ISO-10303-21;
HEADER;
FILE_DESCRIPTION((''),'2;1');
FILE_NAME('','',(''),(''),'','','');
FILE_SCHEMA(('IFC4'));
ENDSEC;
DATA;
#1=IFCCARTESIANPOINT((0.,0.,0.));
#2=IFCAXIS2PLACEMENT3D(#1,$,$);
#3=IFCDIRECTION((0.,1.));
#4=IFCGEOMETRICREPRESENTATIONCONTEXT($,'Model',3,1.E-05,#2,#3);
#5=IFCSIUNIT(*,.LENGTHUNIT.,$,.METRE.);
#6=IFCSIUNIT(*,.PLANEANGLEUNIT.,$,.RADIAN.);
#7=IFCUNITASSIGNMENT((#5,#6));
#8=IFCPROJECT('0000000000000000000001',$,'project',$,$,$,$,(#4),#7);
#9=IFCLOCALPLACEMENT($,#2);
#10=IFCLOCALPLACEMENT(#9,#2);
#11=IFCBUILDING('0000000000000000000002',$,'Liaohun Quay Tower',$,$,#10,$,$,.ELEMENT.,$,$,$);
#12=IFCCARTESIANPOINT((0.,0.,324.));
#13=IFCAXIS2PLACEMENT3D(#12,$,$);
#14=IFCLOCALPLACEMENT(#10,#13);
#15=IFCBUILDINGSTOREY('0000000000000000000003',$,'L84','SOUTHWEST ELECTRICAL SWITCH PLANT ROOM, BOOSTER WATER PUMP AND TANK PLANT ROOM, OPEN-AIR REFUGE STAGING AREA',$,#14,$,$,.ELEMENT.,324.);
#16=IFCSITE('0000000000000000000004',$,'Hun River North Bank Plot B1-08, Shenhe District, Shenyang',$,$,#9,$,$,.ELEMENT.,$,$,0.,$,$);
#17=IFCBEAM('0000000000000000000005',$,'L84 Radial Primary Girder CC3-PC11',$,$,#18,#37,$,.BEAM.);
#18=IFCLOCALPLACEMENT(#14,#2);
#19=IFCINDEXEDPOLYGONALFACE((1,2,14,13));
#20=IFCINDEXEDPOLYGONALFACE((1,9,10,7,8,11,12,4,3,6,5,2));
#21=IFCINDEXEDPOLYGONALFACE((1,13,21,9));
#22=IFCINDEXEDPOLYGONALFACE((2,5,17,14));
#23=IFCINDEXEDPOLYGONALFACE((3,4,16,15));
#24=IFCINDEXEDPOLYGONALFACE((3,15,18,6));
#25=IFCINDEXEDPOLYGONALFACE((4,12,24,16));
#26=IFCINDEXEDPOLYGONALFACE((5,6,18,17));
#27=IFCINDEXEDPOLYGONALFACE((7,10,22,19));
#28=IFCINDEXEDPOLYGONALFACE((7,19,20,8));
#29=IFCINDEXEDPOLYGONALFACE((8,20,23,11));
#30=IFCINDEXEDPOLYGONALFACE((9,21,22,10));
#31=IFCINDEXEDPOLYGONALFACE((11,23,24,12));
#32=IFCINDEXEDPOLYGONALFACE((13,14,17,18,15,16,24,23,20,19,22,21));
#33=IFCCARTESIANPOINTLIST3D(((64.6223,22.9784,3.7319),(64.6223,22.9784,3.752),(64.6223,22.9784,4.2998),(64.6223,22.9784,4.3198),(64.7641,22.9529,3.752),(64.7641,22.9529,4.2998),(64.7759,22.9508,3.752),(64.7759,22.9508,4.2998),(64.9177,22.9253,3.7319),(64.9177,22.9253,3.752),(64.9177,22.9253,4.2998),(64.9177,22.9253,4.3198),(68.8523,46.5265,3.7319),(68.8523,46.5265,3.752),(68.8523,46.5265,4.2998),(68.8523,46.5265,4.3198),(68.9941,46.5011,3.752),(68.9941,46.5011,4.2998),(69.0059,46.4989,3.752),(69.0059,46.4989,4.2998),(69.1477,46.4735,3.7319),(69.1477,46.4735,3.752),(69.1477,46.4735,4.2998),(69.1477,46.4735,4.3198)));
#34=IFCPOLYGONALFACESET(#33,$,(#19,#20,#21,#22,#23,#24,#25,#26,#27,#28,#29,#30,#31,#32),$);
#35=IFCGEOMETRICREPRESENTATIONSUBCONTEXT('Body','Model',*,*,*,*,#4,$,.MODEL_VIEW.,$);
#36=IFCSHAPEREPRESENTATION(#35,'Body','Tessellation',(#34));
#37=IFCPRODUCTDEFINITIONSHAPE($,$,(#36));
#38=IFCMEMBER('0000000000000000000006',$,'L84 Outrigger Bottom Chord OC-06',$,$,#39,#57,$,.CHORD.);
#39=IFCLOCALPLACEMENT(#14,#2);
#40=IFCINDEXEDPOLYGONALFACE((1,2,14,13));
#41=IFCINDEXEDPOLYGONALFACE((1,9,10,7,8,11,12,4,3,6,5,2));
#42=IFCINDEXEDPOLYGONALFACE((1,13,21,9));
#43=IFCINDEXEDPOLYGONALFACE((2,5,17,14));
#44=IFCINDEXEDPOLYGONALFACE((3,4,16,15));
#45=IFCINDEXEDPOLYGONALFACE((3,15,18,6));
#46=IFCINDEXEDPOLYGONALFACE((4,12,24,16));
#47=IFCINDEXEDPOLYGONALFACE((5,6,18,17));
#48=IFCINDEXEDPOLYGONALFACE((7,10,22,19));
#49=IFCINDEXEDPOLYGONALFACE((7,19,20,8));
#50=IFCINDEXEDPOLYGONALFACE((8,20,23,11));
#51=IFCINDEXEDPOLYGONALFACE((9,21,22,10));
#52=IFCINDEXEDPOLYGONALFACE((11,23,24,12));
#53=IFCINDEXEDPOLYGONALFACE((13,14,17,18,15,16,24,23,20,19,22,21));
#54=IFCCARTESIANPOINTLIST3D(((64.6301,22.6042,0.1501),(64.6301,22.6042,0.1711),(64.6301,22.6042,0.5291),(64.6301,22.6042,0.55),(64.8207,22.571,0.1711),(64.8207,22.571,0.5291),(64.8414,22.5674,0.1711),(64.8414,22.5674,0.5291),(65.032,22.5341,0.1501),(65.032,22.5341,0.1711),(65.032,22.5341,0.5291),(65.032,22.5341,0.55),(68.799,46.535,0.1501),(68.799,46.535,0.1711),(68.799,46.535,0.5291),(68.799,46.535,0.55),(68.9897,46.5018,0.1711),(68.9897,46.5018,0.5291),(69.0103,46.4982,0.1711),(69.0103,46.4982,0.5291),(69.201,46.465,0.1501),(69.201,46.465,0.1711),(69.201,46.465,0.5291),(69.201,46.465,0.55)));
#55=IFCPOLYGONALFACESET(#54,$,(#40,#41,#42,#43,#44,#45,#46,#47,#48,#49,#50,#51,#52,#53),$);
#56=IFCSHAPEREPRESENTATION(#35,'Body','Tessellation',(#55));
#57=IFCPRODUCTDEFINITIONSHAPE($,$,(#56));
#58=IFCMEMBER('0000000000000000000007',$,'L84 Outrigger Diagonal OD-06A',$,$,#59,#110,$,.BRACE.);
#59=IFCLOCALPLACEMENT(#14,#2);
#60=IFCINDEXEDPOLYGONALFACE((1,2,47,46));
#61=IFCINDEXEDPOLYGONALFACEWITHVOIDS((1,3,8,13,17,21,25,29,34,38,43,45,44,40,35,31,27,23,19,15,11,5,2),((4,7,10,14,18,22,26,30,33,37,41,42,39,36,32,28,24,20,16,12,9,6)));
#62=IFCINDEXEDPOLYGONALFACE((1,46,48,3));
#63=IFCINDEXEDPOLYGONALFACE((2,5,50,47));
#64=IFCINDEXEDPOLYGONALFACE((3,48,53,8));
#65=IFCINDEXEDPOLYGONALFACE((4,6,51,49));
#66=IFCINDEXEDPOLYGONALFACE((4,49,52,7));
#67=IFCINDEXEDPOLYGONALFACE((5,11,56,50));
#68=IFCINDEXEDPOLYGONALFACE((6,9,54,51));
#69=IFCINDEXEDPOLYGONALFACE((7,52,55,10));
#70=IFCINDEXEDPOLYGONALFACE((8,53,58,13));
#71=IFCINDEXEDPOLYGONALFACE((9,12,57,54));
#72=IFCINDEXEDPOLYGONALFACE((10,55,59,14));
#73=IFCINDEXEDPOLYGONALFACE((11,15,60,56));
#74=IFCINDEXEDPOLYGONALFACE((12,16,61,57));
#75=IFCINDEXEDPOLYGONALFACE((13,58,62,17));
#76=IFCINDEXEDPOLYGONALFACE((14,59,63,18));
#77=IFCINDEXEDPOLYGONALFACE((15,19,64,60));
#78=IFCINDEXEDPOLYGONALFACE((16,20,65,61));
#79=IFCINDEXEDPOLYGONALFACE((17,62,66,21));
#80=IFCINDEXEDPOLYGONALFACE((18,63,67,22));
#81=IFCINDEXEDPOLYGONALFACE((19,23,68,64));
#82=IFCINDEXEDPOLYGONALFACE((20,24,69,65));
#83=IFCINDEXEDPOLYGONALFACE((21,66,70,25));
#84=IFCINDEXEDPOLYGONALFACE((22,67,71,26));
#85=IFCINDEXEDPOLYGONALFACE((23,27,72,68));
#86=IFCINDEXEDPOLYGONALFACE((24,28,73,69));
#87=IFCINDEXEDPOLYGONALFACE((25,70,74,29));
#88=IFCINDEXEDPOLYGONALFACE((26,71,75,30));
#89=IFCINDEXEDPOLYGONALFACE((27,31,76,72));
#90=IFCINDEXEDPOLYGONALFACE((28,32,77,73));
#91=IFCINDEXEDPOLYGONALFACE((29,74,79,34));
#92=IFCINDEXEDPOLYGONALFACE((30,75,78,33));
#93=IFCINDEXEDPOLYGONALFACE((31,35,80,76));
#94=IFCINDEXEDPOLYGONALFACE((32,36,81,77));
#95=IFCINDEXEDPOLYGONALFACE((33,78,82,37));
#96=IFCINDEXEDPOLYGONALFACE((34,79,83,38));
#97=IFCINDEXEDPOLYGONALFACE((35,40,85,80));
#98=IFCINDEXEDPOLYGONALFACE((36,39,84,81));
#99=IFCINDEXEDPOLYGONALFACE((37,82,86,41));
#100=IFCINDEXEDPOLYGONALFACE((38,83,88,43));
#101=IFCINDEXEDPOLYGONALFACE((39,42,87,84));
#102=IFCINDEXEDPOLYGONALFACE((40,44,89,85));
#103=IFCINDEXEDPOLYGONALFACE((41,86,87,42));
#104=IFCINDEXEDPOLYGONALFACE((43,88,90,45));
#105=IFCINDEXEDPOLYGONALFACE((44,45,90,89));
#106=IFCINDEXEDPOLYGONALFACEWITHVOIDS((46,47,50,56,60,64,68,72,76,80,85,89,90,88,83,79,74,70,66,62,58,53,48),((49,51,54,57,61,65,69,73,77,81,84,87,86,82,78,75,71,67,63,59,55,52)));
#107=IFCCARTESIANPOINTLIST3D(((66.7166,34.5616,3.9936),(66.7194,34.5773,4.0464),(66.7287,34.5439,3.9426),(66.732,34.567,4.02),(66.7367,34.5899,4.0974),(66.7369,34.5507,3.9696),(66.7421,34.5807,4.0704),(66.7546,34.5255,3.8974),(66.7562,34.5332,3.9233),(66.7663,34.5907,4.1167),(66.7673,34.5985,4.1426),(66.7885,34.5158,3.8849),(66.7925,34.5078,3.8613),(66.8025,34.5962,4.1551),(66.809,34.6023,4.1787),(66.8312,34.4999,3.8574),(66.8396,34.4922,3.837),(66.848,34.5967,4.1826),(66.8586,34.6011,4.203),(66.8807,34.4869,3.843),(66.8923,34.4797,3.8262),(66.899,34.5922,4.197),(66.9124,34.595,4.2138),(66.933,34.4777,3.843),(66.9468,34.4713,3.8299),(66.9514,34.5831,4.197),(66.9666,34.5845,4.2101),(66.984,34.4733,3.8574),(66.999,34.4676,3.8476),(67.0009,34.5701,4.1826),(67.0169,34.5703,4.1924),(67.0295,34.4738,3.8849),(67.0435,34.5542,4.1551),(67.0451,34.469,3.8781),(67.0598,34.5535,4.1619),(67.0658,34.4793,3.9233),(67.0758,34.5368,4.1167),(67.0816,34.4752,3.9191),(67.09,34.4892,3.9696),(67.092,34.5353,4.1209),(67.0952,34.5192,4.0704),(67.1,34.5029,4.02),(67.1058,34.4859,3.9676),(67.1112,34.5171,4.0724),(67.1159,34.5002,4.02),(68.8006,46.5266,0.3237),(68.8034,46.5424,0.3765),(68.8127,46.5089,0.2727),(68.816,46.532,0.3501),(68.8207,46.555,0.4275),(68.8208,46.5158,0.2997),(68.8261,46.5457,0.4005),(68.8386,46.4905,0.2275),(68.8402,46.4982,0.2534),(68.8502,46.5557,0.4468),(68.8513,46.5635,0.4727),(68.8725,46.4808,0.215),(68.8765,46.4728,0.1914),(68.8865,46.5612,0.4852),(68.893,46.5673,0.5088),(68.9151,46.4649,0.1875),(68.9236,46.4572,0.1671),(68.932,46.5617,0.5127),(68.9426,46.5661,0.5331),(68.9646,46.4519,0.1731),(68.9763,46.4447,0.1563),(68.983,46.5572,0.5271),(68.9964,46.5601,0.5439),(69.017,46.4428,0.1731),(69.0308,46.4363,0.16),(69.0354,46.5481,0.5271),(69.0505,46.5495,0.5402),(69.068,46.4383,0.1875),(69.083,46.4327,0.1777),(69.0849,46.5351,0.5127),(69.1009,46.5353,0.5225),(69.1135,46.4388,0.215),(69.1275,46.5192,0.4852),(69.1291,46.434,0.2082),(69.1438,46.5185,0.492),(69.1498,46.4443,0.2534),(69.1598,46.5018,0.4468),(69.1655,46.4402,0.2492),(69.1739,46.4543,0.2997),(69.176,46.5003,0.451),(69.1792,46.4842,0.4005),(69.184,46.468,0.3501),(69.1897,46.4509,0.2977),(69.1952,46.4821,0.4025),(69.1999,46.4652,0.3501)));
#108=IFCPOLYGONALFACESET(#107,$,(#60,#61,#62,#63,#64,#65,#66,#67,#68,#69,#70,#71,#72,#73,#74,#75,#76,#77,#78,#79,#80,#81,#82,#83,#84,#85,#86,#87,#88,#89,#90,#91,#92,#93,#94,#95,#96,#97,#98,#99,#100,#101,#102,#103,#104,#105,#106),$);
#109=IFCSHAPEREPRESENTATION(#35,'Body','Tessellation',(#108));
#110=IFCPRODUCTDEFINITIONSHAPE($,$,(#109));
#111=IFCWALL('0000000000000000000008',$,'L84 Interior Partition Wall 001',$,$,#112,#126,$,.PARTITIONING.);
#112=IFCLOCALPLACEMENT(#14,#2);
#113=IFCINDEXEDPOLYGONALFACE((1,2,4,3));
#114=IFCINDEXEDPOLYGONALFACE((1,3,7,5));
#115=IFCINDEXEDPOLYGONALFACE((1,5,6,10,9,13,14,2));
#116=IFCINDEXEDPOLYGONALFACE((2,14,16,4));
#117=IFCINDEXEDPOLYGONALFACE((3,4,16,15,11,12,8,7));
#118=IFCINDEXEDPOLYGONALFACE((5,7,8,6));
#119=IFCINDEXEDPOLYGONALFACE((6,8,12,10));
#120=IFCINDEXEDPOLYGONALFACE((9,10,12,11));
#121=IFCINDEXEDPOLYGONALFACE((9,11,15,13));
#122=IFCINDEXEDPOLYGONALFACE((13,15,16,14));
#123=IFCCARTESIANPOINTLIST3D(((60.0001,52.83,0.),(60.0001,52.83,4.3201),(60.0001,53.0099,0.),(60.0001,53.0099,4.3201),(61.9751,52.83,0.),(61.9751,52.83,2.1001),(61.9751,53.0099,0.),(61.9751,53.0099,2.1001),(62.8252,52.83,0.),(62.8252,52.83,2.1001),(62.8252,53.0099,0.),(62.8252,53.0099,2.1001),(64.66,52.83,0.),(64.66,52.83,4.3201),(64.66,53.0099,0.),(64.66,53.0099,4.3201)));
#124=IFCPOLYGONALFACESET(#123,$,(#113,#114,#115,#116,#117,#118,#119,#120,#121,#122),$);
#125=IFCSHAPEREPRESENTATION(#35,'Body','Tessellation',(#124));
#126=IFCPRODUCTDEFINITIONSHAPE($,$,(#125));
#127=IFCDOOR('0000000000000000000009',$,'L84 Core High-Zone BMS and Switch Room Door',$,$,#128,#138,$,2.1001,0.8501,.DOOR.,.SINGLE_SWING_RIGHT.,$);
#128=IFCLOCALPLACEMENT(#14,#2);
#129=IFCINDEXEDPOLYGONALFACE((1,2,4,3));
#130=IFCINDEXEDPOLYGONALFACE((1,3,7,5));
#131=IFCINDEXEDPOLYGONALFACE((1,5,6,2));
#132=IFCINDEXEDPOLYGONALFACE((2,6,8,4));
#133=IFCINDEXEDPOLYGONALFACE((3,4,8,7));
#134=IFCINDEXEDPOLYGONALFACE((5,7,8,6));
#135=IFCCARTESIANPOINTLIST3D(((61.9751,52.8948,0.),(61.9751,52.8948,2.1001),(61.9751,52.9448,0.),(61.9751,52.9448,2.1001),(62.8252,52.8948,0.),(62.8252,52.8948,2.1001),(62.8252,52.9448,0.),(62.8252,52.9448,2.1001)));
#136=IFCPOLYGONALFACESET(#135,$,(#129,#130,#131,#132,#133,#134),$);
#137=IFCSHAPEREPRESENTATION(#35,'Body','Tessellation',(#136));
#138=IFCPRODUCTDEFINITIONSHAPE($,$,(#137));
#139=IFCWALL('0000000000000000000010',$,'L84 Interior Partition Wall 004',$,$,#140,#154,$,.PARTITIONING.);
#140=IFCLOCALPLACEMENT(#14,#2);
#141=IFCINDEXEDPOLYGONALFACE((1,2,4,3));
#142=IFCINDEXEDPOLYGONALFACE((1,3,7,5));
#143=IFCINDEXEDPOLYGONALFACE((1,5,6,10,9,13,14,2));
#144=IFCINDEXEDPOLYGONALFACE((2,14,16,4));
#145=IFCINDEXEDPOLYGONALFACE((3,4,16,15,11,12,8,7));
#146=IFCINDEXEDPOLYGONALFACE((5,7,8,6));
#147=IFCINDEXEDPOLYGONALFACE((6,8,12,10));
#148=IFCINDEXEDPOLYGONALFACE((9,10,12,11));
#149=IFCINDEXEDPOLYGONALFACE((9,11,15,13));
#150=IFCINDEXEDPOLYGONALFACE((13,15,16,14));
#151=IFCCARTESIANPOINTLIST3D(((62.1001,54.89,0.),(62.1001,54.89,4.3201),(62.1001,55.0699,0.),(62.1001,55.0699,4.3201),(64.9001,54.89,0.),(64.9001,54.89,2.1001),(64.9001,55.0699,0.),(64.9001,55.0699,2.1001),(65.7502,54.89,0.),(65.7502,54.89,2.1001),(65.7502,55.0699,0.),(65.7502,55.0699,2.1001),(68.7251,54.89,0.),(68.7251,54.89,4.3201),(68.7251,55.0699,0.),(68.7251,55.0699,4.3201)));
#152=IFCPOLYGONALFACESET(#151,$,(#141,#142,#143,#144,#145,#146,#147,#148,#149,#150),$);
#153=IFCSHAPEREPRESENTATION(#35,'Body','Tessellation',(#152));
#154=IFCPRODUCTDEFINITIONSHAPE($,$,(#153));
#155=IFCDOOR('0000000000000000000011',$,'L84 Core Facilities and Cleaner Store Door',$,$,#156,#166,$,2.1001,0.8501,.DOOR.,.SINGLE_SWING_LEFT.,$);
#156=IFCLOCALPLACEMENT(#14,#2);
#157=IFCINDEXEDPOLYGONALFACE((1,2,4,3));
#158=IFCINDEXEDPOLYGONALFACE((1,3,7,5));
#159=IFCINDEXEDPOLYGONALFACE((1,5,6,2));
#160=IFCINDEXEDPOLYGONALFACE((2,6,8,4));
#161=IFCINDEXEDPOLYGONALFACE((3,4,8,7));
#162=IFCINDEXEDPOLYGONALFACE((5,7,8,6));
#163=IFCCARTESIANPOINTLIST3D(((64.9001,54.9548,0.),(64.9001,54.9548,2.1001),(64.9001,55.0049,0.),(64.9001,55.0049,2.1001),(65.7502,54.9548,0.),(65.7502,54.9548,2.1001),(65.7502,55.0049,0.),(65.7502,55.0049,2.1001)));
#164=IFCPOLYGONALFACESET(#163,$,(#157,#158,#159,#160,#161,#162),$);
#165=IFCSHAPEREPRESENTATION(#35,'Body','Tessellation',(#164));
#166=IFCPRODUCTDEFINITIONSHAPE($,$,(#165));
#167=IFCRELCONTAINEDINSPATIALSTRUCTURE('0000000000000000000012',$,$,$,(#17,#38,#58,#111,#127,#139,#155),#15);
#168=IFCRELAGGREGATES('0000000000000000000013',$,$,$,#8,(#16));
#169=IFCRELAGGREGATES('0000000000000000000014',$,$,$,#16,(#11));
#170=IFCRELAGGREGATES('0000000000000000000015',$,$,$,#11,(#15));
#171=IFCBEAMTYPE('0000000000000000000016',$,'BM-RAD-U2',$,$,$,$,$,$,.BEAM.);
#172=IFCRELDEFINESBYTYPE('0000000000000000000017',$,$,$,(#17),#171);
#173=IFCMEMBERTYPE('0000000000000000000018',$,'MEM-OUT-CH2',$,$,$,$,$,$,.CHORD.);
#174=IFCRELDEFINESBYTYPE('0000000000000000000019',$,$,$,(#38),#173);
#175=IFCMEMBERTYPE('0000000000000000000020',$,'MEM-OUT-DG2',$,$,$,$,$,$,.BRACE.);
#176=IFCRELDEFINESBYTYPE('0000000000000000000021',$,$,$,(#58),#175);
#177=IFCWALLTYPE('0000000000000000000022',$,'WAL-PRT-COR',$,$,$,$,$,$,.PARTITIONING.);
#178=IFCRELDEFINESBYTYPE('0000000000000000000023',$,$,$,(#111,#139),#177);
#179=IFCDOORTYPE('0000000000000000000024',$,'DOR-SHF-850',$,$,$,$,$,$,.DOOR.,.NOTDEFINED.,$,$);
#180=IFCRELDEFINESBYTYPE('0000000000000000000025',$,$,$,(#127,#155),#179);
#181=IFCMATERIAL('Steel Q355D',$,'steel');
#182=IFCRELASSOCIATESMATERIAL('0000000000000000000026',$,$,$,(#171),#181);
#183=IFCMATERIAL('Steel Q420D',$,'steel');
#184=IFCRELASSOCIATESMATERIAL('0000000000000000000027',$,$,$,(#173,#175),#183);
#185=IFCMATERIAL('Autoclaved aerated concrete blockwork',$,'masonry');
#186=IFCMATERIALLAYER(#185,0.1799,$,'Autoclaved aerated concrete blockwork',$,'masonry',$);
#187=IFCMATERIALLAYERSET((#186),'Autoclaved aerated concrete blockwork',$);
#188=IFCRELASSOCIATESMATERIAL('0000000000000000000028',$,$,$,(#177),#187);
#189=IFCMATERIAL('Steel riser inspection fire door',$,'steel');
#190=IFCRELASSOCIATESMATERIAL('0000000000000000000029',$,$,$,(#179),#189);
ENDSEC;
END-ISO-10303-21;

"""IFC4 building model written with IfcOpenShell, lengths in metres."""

from ifc_helpers import new_model, si_unit, direction, frame, frame_2d, origin, origin_2d, place, context, subcontext, project, spatial, rectangle, hollow_circle, i_section, extrude, source, transform, mapped, material, layer, layer_set, material_profile, profile_set, type_object, element, fill, save


model = new_model("IFC4")

# Units and contexts
model_context = context("Model", 3, precision=1e-05, world=origin(), true_north=direction((0.0, 1.0)))
body_context = subcontext(model_context, "Body", "Model", "MODEL_VIEW")
ifc_project = project(units=[si_unit("LENGTHUNIT", "METRE"), si_unit("PLANEANGLEUNIT", "RADIAN")], contexts=[model_context])

# Site, building, storey
site_placement = place(None, origin())
site = spatial("IfcSite", under=ifc_project, at=site_placement, Name="Hun River North Bank Plot B1-08, Shenhe District, Shenyang", CompositionType="ELEMENT", RefElevation=0.0)
building_placement = place(site_placement, origin())
building = spatial("IfcBuilding", under=site, at=building_placement, Name="Liaohun Quay Tower", CompositionType="ELEMENT")
storey_placement = place(building_placement, frame((0.0, 0.0, 324.0)))
storey = spatial("IfcBuildingStorey", under=building, at=storey_placement, Name="L84", Description="SOUTHWEST ELECTRICAL SWITCH PLANT ROOM, BOOSTER WATER PUMP AND TANK PLANT ROOM, OPEN-AIR REFUGE STAGING AREA", CompositionType="ELEMENT", Elevation=324.0)

# Beam
ifc_material_1 = material(Name="Steel Q355D", Category="steel")
ifc_material_profile_1 = material_profile(ifc_material_1, i_section(OverallWidth=0.3, OverallDepth=0.5879, WebThickness=0.012, FlangeThickness=0.02, at=origin_2d()), Name="HM588x300x12x20")
ifc_profile_set_1 = profile_set([ifc_material_profile_1], Name="Steel Q355D")
beam_type = type_object("IfcBeamType", Name="BM-RAD-U2", PredefinedType="BEAM", material=ifc_profile_set_1)
shared_shape_1 = source(origin(), body_context, "Body", "SweptSolid", [
    extrude(i_section(OverallWidth=0.3, OverallDepth=0.5879, WebThickness=0.012, FlangeThickness=0.02, at=origin_2d()), origin(), (0.0, 0.0, 1.0), 23.925),
])
beam_placement = place(storey_placement, frame((69.0, 46.5, 4.0259), z_axis=(-0.176802, -0.984246, 0.0), x_axis=(0.984246, -0.176802, 0.0)))
element("IfcBeam", 1, at=beam_placement, inside=storey, type_object=beam_type, Name="L84 Radial Primary Girder CC3-PC11", PredefinedType="BEAM", context=body_context, shape_type="MappedRepresentation", body=[
    mapped(shared_shape_1, transform((0.0, 0.0, 0.0), x_axis=(1.0, 0.0, 0.0), y_axis=(0.0, 1.0, 0.0), z_axis=(0.0, 0.0, 1.0), scale=1.0)),
])

# Members
ifc_material_2 = material(Name="Steel Q420D", Category="steel")
ifc_material_profile_2 = material_profile(ifc_material_2, i_section(OverallWidth=0.408, OverallDepth=0.3999, WebThickness=0.021, FlangeThickness=0.021, at=origin_2d()), Name="HW400x408x21x21")
ifc_profile_set_2 = profile_set([ifc_material_profile_2], Name="Steel Q420D")
member_type_1 = type_object("IfcMemberType", Name="MEM-OUT-CH2", PredefinedType="CHORD", material=ifc_profile_set_2)
shared_shape_2 = source(origin(), body_context, "Body", "SweptSolid", [
    extrude(i_section(OverallWidth=0.408, OverallDepth=0.3999, WebThickness=0.021, FlangeThickness=0.021, at=origin_2d()), origin(), (0.0, 0.0, 1.0), 24.2913),
])
member_1_placement = place(storey_placement, frame((69.0, 46.5, 0.3501), z_axis=(-0.171623, -0.985163, 0.0), x_axis=(0.985163, -0.171623, 0.0)))
element("IfcMember", 2, at=member_1_placement, inside=storey, type_object=member_type_1, Name="L84 Outrigger Bottom Chord OC-06", PredefinedType="CHORD", context=body_context, shape_type="MappedRepresentation", body=[
    mapped(shared_shape_2, transform((0.0, 0.0, 0.0), x_axis=(1.0, 0.0, 0.0), y_axis=(0.0, 1.0, 0.0), z_axis=(0.0, 0.0, 1.0), scale=1.0)),
])
ifc_material_profile_3 = material_profile(ifc_material_2, hollow_circle(Radius=0.2029, WallThickness=0.0161, at=origin_2d()), Name="CHS406x16")
ifc_profile_set_3 = profile_set([ifc_material_profile_3], Name="Steel Q420D")
member_type_2 = type_object("IfcMemberType", Name="MEM-OUT-DG2", PredefinedType="BRACE", material=ifc_profile_set_3)
shared_shape_3 = source(origin(), body_context, "Body", "SweptSolid", [
    extrude(hollow_circle(Radius=0.2029, WallThickness=0.0161, at=origin_2d()), origin(), (0.0, 0.0, 1.0), 12.6875),
])
member_2_placement = place(storey_placement, frame((69.0, 46.5, 0.3501), z_axis=(-0.164254, -0.943055, 0.289253), x_axis=(0.985169, -0.171589, 0.0)))
element("IfcMember", 3, at=member_2_placement, inside=storey, type_object=member_type_2, Name="L84 Outrigger Diagonal OD-06A", PredefinedType="BRACE", context=body_context, shape_type="MappedRepresentation", body=[
    mapped(shared_shape_3, transform((0.0, 0.0, 0.0), x_axis=(1.0, 0.0, 0.0), y_axis=(0.0, 1.0, 0.0), z_axis=(0.0, 0.0, 1.0), scale=1.0)),
])

# Walls, openings, doors
ifc_material_3 = material(Name="Autoclaved aerated concrete blockwork", Category="masonry")
ifc_layer_1 = layer(ifc_material_3, 0.1799, Name="Autoclaved aerated concrete blockwork", Category="masonry")
ifc_layer_set_1 = layer_set([ifc_layer_1], Name="Autoclaved aerated concrete blockwork")
wall_type_1 = type_object("IfcWallType", Name="WAL-PRT-COR", PredefinedType="PARTITIONING", material=ifc_layer_set_1)
wall_1_placement = place(storey_placement, frame((60.0, 52.9199, 0.0), z_axis=(0.0, 0.0, 1.0), x_axis=(1.0, 0.0, 0.0)))
wall_1 = element("IfcWall", 4, at=wall_1_placement, inside=storey, type_object=wall_type_1, Name="L84 Interior Partition Wall 001", PredefinedType="PARTITIONING", context=body_context, shape_type="SweptSolid", body=[
    extrude(rectangle(XDim=4.6599, YDim=0.1799, at=frame_2d((2.3301, 0.0))), origin(), (0.0, 0.0, 1.0), 4.3201),
])
shared_shape_4 = source(origin(), body_context, "Body", "SweptSolid", [
    extrude(rectangle(XDim=0.8501, YDim=2.1001, at=frame_2d((0.425, 1.05))), frame((0.0, 0.0999, 0.0), z_axis=(0.0, -1.0, 0.0), x_axis=(1.0, 0.0, 0.0)), (0.0, 0.0, 1.0), 0.2),
])
opening_1_placement = place(wall_1_placement, frame((1.9751, 0.0, 0.0)))
opening_1 = element("IfcOpeningElement", 5, at=opening_1_placement, cuts=wall_1, PredefinedType="OPENING", context=body_context, shape_type="MappedRepresentation", body=[
    mapped(shared_shape_4, transform((0.0, 0.0, 0.0), x_axis=(1.0, 0.0, 0.0), y_axis=(0.0, 1.0, 0.0), z_axis=(0.0, 0.0, 1.0), scale=1.0)),
])
ifc_material_4 = material(Name="Steel riser inspection fire door", Category="steel")
door_type_1 = type_object("IfcDoorType", Name="DOR-SHF-850", OperationType="NOTDEFINED", PredefinedType="DOOR", material=ifc_material_4)
shared_shape_5 = source(origin(), body_context, "Body", "SweptSolid", [
    extrude(rectangle(XDim=0.8501, YDim=2.1001, at=frame_2d((0.425, 1.05))), frame((0.0, 0.0249, 0.0), z_axis=(0.0, -1.0, 0.0), x_axis=(1.0, 0.0, 0.0)), (0.0, 0.0, 1.0), 0.05),
])
door_1_placement = place(opening_1_placement, origin())
door_1 = element("IfcDoor", 6, at=door_1_placement, inside=storey, type_object=door_type_1, Name="L84 Core High-Zone BMS and Switch Room Door", OperationType="SINGLE_SWING_RIGHT", OverallHeight=2.1001, OverallWidth=0.8501, PredefinedType="DOOR", context=body_context, shape_type="MappedRepresentation", body=[
    mapped(shared_shape_5, transform((0.0, 0.0, 0.0), x_axis=(1.0, 0.0, 0.0), y_axis=(0.0, 1.0, 0.0), z_axis=(0.0, 0.0, 1.0), scale=1.0)),
])
fill(opening_1, door_1)
wall_2_placement = place(storey_placement, frame((62.1001, 54.98, 0.0), z_axis=(0.0, 0.0, 1.0), x_axis=(1.0, 0.0, 0.0)))
wall_2 = element("IfcWall", 7, at=wall_2_placement, inside=storey, type_object=wall_type_1, Name="L84 Interior Partition Wall 004", PredefinedType="PARTITIONING", context=body_context, shape_type="SweptSolid", body=[
    extrude(rectangle(XDim=6.625, YDim=0.1799, at=frame_2d((3.3125, 0.0))), origin(), (0.0, 0.0, 1.0), 4.3201),
])
opening_2_placement = place(wall_2_placement, frame((2.8, 0.0, 0.0)))
opening_2 = element("IfcOpeningElement", 8, at=opening_2_placement, cuts=wall_2, PredefinedType="OPENING", context=body_context, shape_type="MappedRepresentation", body=[
    mapped(shared_shape_4, transform((0.0, 0.0, 0.0), x_axis=(1.0, 0.0, 0.0), y_axis=(0.0, 1.0, 0.0), z_axis=(0.0, 0.0, 1.0), scale=1.0)),
])
door_2_placement = place(opening_2_placement, origin())
door_2 = element("IfcDoor", 9, at=door_2_placement, inside=storey, type_object=door_type_1, Name="L84 Core Facilities and Cleaner Store Door", OperationType="SINGLE_SWING_LEFT", OverallHeight=2.1001, OverallWidth=0.8501, PredefinedType="DOOR", context=body_context, shape_type="MappedRepresentation", body=[
    mapped(shared_shape_5, transform((0.0, 0.0, 0.0), x_axis=(1.0, 0.0, 0.0), y_axis=(0.0, 1.0, 0.0), z_axis=(0.0, 0.0, 1.0), scale=1.0)),
])
fill(opening_2, door_2)

save(model, "model.ifc")
